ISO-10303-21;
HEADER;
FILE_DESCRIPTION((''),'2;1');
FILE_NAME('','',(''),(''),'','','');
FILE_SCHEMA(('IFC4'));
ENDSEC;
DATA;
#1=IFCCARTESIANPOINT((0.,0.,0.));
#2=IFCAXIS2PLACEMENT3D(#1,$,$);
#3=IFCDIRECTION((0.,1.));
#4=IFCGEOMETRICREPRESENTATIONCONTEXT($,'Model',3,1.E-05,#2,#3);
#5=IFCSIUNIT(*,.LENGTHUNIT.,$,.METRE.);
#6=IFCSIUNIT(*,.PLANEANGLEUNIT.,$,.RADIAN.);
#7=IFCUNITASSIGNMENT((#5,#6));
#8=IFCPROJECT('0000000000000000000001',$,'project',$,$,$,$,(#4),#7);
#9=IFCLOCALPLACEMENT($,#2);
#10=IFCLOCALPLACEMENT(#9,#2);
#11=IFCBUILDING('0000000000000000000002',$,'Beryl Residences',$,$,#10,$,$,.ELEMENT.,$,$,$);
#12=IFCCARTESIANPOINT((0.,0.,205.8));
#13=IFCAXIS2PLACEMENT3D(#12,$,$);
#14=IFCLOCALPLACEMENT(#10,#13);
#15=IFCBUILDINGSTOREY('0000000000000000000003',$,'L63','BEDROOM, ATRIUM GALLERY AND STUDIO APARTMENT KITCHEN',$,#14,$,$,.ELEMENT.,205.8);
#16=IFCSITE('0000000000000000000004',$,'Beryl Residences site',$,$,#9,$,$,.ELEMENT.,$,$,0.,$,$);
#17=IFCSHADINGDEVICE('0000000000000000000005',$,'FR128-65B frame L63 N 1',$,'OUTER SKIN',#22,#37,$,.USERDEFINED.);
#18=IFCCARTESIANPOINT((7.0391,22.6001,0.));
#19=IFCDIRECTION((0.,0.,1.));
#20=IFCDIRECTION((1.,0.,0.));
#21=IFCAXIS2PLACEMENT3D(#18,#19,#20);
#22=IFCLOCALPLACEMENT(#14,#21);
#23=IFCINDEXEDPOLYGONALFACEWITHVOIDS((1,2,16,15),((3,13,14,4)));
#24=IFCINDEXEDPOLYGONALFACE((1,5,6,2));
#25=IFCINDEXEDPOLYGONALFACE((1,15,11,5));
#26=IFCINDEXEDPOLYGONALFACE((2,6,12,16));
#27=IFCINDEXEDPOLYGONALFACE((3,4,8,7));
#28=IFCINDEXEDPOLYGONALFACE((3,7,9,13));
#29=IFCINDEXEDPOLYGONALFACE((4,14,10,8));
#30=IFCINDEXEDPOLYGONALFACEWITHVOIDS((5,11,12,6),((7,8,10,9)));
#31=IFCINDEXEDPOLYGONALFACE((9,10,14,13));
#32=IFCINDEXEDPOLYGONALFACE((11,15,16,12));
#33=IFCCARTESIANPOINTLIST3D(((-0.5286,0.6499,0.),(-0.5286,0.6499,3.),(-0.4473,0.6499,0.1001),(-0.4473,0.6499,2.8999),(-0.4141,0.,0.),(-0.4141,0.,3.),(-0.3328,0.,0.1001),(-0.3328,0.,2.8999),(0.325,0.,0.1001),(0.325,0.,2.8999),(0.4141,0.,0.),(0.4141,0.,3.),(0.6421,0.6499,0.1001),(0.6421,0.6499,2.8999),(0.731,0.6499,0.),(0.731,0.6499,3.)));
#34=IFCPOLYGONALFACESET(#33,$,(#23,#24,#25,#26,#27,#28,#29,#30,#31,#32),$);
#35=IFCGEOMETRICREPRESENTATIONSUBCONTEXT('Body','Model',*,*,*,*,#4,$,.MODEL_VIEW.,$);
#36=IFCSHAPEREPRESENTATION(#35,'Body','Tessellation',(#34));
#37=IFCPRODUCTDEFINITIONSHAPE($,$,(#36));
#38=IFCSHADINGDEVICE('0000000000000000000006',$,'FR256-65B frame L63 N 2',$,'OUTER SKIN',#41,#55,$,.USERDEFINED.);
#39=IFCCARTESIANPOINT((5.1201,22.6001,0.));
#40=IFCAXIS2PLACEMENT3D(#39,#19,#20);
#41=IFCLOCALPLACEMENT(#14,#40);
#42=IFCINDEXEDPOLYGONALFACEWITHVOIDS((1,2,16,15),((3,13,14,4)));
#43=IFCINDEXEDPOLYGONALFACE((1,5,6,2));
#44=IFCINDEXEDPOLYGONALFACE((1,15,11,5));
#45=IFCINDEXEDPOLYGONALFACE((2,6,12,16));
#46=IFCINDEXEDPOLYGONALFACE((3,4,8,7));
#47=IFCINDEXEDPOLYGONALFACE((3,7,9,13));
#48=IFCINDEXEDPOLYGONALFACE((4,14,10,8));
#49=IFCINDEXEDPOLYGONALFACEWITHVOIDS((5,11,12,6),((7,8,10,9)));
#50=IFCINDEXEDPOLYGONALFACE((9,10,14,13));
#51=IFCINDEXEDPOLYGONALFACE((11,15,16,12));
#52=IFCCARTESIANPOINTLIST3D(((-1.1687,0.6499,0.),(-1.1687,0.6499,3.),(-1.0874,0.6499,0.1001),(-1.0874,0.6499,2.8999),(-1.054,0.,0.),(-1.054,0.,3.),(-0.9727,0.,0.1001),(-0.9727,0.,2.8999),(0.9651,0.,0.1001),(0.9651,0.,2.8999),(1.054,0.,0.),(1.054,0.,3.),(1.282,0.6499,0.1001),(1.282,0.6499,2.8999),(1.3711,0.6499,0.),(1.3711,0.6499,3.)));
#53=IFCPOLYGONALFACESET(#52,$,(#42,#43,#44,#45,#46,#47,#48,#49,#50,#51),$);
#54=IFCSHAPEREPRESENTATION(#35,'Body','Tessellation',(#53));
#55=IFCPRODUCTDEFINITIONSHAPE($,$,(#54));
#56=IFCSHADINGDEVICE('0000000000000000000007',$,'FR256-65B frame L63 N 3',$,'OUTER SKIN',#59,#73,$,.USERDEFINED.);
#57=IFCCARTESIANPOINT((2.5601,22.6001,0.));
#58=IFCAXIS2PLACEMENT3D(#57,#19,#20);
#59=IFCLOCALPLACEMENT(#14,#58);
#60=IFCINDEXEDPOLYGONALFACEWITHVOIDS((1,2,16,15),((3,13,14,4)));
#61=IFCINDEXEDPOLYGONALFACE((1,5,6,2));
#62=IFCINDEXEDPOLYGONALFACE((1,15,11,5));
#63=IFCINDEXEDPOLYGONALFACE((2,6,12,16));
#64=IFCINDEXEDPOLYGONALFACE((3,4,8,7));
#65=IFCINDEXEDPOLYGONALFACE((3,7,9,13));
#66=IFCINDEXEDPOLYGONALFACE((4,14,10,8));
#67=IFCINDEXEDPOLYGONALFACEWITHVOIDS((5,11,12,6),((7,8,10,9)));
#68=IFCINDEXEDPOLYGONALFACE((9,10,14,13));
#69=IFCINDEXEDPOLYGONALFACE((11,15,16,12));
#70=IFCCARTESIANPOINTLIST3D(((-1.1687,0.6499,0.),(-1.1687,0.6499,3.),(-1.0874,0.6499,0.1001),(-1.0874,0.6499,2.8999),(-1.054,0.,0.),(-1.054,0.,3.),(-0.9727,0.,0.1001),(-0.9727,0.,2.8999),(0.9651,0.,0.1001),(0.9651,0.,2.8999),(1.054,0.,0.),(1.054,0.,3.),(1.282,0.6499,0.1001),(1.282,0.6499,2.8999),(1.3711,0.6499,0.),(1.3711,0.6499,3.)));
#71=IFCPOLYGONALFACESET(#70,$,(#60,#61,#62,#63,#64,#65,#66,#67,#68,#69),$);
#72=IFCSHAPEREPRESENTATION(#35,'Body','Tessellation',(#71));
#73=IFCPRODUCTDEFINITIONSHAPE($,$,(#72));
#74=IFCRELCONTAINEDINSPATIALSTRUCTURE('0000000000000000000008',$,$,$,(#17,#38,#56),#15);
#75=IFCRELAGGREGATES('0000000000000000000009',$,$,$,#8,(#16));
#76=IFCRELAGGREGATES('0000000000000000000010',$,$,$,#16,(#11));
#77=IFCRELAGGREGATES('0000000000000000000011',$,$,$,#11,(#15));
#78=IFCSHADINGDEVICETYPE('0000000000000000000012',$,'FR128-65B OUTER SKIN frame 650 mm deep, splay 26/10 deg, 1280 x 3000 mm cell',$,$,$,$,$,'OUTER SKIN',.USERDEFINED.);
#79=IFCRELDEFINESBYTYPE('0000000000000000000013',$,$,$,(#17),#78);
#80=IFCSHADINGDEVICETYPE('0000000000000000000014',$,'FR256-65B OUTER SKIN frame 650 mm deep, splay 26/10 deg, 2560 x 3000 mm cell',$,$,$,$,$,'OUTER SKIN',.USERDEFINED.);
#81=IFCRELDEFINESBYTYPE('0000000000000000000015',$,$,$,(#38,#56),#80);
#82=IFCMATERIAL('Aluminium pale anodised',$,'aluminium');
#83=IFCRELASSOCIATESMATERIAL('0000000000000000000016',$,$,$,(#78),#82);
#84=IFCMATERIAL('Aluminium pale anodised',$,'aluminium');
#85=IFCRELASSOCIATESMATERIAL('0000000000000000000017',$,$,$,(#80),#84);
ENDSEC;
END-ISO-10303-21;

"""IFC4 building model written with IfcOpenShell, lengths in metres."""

from ifc_helpers import new_model, entity, si_unit, direction, frame, origin, place, context, subcontext, project, spatial, source, transform, mapped, material, type_object, type_shapes, element, save


model = new_model("IFC4")

# Units and contexts
model_context = context("Model", 3, precision=1e-05, world=origin(), true_north=direction((0.0, 1.0)))
body_context = subcontext(model_context, "Body", "Model", "MODEL_VIEW")
ifc_project = project(units=[si_unit("LENGTHUNIT", "METRE"), si_unit("PLANEANGLEUNIT", "RADIAN")], contexts=[model_context])

# Site, building, storey
site_placement = place(None, origin())
site = spatial("IfcSite", under=ifc_project, at=site_placement, Name="Beryl Residences site", CompositionType="ELEMENT", RefElevation=0.0)
building_placement = place(site_placement, origin())
building = spatial("IfcBuilding", under=site, at=building_placement, Name="Beryl Residences", CompositionType="ELEMENT")
storey_placement = place(building_placement, frame((0.0, 0.0, 205.8)))
storey = spatial("IfcBuildingStorey", under=building, at=storey_placement, Name="L63", Description="BEDROOM, ATRIUM GALLERY AND STUDIO APARTMENT KITCHEN", CompositionType="ELEMENT", Elevation=205.8)

# Shading devices
ifc_material_1 = material(Name="Aluminium pale anodised", Category="aluminium")
shading_device_type_1 = type_object("IfcShadingDeviceType", Name="FR128-65B OUTER SKIN frame 650 mm deep, splay 26/10 deg, 1280 x 3000 mm cell", ElementType="OUTER SKIN", PredefinedType="USERDEFINED", material=ifc_material_1)
cartesian_point_1 = entity("IfcCartesianPoint", [-0.4141, 0.0])
cartesian_point_2 = entity("IfcCartesianPoint", [-0.325, 0.1001])
cartesian_point_3 = entity("IfcCartesianPoint", [-0.731, 0.0])
cartesian_point_4 = entity("IfcCartesianPoint", [-0.6421, 0.1001])
shared_shape_1 = source(origin(), body_context, "Body", "SweptSolid", [
    entity("IfcExtrudedAreaSolidTapered", entity("IfcArbitraryProfileDefWithVoids", "AREA", None, entity("IfcPolyline", [cartesian_point_1, entity("IfcCartesianPoint", [0.4141, 0.0]), entity("IfcCartesianPoint", [0.4141, 3.0]), entity("IfcCartesianPoint", [-0.4141, 3.0]), cartesian_point_1]), [entity("IfcPolyline", [cartesian_point_2, entity("IfcCartesianPoint", [0.3328, 0.1001]), entity("IfcCartesianPoint", [0.3328, 2.8999]), entity("IfcCartesianPoint", [-0.325, 2.8999]), cartesian_point_2])]), entity("IfcAxis2Placement3D", entity("IfcCartesianPoint", [0.0, 0.0, 0.0]), entity("IfcDirection", [0.0, 1.0, 0.0]), entity("IfcDirection", [-1.0, 0.0, 0.0])), entity("IfcDirection", [0.0, 0.0, 1.0]), 0.6499, entity("IfcArbitraryProfileDefWithVoids", "AREA", None, entity("IfcPolyline", [cartesian_point_3, entity("IfcCartesianPoint", [0.5286, 0.0]), entity("IfcCartesianPoint", [0.5286, 3.0]), entity("IfcCartesianPoint", [-0.731, 3.0]), cartesian_point_3]), [entity("IfcPolyline", [cartesian_point_4, entity("IfcCartesianPoint", [0.4473, 0.1001]), entity("IfcCartesianPoint", [0.4473, 2.8999]), entity("IfcCartesianPoint", [-0.6421, 2.8999]), cartesian_point_4])])),
])
type_shapes(shading_device_type_1, [shared_shape_1])
shading_device_placement = place(storey_placement, frame((7.0391, 22.6001, 0.0), z_axis=(0.0, 0.0, 1.0), x_axis=(1.0, 0.0, 0.0)))
element("IfcShadingDevice", 1, at=shading_device_placement, inside=storey, type_object=shading_device_type_1, Name="FR128-65B frame L63 N 1", ObjectType="OUTER SKIN", PredefinedType="USERDEFINED", context=body_context, shape_type="MappedRepresentation", body=[
    mapped(shared_shape_1, transform((0.0, 0.0, 0.0))),
])
ifc_material_2 = material(Name="Aluminium pale anodised", Category="aluminium")
shading_device_type_2 = type_object("IfcShadingDeviceType", Name="FR256-65B OUTER SKIN frame 650 mm deep, splay 26/10 deg, 2560 x 3000 mm cell", ElementType="OUTER SKIN", PredefinedType="USERDEFINED", material=ifc_material_2)
cartesian_point_5 = entity("IfcCartesianPoint", [-1.054, 0.0])
cartesian_point_6 = entity("IfcCartesianPoint", [-0.9651, 0.1001])
cartesian_point_7 = entity("IfcCartesianPoint", [-1.3711, 0.0])
cartesian_point_8 = entity("IfcCartesianPoint", [-1.282, 0.1001])
shared_shape_2 = source(origin(), body_context, "Body", "SweptSolid", [
    entity("IfcExtrudedAreaSolidTapered", entity("IfcArbitraryProfileDefWithVoids", "AREA", None, entity("IfcPolyline", [cartesian_point_5, entity("IfcCartesianPoint", [1.054, 0.0]), entity("IfcCartesianPoint", [1.054, 3.0]), entity("IfcCartesianPoint", [-1.054, 3.0]), cartesian_point_5]), [entity("IfcPolyline", [cartesian_point_6, entity("IfcCartesianPoint", [0.9727, 0.1001]), entity("IfcCartesianPoint", [0.9727, 2.8999]), entity("IfcCartesianPoint", [-0.9651, 2.8999]), cartesian_point_6])]), entity("IfcAxis2Placement3D", entity("IfcCartesianPoint", [0.0, 0.0, 0.0]), entity("IfcDirection", [0.0, 1.0, 0.0]), entity("IfcDirection", [-1.0, 0.0, 0.0])), entity("IfcDirection", [0.0, 0.0, 1.0]), 0.6499, entity("IfcArbitraryProfileDefWithVoids", "AREA", None, entity("IfcPolyline", [cartesian_point_7, entity("IfcCartesianPoint", [1.1687, 0.0]), entity("IfcCartesianPoint", [1.1687, 3.0]), entity("IfcCartesianPoint", [-1.3711, 3.0]), cartesian_point_7]), [entity("IfcPolyline", [cartesian_point_8, entity("IfcCartesianPoint", [1.0874, 0.1001]), entity("IfcCartesianPoint", [1.0874, 2.8999]), entity("IfcCartesianPoint", [-1.282, 2.8999]), cartesian_point_8])])),
])
type_shapes(shading_device_type_2, [shared_shape_2])
for number, where, z_axis, x_axis, name in (
    (2, (5.1201, 22.6001, 0.0), (0.0, 0.0, 1.0), (1.0, 0.0, 0.0), "FR256-65B frame L63 N 2"),
    (3, (2.5601, 22.6001, 0.0), (0.0, 0.0, 1.0), (1.0, 0.0, 0.0), "FR256-65B frame L63 N 3"),
):
    element("IfcShadingDevice", number, at=place(storey_placement, frame(where, z_axis=z_axis, x_axis=x_axis)), inside=storey, type_object=shading_device_type_2, Name=name, ObjectType="OUTER SKIN", PredefinedType="USERDEFINED", context=body_context, shape_type="MappedRepresentation", body=[
        mapped(shared_shape_2, transform((0.0, 0.0, 0.0))),
    ])

save(model, "model.ifc")
